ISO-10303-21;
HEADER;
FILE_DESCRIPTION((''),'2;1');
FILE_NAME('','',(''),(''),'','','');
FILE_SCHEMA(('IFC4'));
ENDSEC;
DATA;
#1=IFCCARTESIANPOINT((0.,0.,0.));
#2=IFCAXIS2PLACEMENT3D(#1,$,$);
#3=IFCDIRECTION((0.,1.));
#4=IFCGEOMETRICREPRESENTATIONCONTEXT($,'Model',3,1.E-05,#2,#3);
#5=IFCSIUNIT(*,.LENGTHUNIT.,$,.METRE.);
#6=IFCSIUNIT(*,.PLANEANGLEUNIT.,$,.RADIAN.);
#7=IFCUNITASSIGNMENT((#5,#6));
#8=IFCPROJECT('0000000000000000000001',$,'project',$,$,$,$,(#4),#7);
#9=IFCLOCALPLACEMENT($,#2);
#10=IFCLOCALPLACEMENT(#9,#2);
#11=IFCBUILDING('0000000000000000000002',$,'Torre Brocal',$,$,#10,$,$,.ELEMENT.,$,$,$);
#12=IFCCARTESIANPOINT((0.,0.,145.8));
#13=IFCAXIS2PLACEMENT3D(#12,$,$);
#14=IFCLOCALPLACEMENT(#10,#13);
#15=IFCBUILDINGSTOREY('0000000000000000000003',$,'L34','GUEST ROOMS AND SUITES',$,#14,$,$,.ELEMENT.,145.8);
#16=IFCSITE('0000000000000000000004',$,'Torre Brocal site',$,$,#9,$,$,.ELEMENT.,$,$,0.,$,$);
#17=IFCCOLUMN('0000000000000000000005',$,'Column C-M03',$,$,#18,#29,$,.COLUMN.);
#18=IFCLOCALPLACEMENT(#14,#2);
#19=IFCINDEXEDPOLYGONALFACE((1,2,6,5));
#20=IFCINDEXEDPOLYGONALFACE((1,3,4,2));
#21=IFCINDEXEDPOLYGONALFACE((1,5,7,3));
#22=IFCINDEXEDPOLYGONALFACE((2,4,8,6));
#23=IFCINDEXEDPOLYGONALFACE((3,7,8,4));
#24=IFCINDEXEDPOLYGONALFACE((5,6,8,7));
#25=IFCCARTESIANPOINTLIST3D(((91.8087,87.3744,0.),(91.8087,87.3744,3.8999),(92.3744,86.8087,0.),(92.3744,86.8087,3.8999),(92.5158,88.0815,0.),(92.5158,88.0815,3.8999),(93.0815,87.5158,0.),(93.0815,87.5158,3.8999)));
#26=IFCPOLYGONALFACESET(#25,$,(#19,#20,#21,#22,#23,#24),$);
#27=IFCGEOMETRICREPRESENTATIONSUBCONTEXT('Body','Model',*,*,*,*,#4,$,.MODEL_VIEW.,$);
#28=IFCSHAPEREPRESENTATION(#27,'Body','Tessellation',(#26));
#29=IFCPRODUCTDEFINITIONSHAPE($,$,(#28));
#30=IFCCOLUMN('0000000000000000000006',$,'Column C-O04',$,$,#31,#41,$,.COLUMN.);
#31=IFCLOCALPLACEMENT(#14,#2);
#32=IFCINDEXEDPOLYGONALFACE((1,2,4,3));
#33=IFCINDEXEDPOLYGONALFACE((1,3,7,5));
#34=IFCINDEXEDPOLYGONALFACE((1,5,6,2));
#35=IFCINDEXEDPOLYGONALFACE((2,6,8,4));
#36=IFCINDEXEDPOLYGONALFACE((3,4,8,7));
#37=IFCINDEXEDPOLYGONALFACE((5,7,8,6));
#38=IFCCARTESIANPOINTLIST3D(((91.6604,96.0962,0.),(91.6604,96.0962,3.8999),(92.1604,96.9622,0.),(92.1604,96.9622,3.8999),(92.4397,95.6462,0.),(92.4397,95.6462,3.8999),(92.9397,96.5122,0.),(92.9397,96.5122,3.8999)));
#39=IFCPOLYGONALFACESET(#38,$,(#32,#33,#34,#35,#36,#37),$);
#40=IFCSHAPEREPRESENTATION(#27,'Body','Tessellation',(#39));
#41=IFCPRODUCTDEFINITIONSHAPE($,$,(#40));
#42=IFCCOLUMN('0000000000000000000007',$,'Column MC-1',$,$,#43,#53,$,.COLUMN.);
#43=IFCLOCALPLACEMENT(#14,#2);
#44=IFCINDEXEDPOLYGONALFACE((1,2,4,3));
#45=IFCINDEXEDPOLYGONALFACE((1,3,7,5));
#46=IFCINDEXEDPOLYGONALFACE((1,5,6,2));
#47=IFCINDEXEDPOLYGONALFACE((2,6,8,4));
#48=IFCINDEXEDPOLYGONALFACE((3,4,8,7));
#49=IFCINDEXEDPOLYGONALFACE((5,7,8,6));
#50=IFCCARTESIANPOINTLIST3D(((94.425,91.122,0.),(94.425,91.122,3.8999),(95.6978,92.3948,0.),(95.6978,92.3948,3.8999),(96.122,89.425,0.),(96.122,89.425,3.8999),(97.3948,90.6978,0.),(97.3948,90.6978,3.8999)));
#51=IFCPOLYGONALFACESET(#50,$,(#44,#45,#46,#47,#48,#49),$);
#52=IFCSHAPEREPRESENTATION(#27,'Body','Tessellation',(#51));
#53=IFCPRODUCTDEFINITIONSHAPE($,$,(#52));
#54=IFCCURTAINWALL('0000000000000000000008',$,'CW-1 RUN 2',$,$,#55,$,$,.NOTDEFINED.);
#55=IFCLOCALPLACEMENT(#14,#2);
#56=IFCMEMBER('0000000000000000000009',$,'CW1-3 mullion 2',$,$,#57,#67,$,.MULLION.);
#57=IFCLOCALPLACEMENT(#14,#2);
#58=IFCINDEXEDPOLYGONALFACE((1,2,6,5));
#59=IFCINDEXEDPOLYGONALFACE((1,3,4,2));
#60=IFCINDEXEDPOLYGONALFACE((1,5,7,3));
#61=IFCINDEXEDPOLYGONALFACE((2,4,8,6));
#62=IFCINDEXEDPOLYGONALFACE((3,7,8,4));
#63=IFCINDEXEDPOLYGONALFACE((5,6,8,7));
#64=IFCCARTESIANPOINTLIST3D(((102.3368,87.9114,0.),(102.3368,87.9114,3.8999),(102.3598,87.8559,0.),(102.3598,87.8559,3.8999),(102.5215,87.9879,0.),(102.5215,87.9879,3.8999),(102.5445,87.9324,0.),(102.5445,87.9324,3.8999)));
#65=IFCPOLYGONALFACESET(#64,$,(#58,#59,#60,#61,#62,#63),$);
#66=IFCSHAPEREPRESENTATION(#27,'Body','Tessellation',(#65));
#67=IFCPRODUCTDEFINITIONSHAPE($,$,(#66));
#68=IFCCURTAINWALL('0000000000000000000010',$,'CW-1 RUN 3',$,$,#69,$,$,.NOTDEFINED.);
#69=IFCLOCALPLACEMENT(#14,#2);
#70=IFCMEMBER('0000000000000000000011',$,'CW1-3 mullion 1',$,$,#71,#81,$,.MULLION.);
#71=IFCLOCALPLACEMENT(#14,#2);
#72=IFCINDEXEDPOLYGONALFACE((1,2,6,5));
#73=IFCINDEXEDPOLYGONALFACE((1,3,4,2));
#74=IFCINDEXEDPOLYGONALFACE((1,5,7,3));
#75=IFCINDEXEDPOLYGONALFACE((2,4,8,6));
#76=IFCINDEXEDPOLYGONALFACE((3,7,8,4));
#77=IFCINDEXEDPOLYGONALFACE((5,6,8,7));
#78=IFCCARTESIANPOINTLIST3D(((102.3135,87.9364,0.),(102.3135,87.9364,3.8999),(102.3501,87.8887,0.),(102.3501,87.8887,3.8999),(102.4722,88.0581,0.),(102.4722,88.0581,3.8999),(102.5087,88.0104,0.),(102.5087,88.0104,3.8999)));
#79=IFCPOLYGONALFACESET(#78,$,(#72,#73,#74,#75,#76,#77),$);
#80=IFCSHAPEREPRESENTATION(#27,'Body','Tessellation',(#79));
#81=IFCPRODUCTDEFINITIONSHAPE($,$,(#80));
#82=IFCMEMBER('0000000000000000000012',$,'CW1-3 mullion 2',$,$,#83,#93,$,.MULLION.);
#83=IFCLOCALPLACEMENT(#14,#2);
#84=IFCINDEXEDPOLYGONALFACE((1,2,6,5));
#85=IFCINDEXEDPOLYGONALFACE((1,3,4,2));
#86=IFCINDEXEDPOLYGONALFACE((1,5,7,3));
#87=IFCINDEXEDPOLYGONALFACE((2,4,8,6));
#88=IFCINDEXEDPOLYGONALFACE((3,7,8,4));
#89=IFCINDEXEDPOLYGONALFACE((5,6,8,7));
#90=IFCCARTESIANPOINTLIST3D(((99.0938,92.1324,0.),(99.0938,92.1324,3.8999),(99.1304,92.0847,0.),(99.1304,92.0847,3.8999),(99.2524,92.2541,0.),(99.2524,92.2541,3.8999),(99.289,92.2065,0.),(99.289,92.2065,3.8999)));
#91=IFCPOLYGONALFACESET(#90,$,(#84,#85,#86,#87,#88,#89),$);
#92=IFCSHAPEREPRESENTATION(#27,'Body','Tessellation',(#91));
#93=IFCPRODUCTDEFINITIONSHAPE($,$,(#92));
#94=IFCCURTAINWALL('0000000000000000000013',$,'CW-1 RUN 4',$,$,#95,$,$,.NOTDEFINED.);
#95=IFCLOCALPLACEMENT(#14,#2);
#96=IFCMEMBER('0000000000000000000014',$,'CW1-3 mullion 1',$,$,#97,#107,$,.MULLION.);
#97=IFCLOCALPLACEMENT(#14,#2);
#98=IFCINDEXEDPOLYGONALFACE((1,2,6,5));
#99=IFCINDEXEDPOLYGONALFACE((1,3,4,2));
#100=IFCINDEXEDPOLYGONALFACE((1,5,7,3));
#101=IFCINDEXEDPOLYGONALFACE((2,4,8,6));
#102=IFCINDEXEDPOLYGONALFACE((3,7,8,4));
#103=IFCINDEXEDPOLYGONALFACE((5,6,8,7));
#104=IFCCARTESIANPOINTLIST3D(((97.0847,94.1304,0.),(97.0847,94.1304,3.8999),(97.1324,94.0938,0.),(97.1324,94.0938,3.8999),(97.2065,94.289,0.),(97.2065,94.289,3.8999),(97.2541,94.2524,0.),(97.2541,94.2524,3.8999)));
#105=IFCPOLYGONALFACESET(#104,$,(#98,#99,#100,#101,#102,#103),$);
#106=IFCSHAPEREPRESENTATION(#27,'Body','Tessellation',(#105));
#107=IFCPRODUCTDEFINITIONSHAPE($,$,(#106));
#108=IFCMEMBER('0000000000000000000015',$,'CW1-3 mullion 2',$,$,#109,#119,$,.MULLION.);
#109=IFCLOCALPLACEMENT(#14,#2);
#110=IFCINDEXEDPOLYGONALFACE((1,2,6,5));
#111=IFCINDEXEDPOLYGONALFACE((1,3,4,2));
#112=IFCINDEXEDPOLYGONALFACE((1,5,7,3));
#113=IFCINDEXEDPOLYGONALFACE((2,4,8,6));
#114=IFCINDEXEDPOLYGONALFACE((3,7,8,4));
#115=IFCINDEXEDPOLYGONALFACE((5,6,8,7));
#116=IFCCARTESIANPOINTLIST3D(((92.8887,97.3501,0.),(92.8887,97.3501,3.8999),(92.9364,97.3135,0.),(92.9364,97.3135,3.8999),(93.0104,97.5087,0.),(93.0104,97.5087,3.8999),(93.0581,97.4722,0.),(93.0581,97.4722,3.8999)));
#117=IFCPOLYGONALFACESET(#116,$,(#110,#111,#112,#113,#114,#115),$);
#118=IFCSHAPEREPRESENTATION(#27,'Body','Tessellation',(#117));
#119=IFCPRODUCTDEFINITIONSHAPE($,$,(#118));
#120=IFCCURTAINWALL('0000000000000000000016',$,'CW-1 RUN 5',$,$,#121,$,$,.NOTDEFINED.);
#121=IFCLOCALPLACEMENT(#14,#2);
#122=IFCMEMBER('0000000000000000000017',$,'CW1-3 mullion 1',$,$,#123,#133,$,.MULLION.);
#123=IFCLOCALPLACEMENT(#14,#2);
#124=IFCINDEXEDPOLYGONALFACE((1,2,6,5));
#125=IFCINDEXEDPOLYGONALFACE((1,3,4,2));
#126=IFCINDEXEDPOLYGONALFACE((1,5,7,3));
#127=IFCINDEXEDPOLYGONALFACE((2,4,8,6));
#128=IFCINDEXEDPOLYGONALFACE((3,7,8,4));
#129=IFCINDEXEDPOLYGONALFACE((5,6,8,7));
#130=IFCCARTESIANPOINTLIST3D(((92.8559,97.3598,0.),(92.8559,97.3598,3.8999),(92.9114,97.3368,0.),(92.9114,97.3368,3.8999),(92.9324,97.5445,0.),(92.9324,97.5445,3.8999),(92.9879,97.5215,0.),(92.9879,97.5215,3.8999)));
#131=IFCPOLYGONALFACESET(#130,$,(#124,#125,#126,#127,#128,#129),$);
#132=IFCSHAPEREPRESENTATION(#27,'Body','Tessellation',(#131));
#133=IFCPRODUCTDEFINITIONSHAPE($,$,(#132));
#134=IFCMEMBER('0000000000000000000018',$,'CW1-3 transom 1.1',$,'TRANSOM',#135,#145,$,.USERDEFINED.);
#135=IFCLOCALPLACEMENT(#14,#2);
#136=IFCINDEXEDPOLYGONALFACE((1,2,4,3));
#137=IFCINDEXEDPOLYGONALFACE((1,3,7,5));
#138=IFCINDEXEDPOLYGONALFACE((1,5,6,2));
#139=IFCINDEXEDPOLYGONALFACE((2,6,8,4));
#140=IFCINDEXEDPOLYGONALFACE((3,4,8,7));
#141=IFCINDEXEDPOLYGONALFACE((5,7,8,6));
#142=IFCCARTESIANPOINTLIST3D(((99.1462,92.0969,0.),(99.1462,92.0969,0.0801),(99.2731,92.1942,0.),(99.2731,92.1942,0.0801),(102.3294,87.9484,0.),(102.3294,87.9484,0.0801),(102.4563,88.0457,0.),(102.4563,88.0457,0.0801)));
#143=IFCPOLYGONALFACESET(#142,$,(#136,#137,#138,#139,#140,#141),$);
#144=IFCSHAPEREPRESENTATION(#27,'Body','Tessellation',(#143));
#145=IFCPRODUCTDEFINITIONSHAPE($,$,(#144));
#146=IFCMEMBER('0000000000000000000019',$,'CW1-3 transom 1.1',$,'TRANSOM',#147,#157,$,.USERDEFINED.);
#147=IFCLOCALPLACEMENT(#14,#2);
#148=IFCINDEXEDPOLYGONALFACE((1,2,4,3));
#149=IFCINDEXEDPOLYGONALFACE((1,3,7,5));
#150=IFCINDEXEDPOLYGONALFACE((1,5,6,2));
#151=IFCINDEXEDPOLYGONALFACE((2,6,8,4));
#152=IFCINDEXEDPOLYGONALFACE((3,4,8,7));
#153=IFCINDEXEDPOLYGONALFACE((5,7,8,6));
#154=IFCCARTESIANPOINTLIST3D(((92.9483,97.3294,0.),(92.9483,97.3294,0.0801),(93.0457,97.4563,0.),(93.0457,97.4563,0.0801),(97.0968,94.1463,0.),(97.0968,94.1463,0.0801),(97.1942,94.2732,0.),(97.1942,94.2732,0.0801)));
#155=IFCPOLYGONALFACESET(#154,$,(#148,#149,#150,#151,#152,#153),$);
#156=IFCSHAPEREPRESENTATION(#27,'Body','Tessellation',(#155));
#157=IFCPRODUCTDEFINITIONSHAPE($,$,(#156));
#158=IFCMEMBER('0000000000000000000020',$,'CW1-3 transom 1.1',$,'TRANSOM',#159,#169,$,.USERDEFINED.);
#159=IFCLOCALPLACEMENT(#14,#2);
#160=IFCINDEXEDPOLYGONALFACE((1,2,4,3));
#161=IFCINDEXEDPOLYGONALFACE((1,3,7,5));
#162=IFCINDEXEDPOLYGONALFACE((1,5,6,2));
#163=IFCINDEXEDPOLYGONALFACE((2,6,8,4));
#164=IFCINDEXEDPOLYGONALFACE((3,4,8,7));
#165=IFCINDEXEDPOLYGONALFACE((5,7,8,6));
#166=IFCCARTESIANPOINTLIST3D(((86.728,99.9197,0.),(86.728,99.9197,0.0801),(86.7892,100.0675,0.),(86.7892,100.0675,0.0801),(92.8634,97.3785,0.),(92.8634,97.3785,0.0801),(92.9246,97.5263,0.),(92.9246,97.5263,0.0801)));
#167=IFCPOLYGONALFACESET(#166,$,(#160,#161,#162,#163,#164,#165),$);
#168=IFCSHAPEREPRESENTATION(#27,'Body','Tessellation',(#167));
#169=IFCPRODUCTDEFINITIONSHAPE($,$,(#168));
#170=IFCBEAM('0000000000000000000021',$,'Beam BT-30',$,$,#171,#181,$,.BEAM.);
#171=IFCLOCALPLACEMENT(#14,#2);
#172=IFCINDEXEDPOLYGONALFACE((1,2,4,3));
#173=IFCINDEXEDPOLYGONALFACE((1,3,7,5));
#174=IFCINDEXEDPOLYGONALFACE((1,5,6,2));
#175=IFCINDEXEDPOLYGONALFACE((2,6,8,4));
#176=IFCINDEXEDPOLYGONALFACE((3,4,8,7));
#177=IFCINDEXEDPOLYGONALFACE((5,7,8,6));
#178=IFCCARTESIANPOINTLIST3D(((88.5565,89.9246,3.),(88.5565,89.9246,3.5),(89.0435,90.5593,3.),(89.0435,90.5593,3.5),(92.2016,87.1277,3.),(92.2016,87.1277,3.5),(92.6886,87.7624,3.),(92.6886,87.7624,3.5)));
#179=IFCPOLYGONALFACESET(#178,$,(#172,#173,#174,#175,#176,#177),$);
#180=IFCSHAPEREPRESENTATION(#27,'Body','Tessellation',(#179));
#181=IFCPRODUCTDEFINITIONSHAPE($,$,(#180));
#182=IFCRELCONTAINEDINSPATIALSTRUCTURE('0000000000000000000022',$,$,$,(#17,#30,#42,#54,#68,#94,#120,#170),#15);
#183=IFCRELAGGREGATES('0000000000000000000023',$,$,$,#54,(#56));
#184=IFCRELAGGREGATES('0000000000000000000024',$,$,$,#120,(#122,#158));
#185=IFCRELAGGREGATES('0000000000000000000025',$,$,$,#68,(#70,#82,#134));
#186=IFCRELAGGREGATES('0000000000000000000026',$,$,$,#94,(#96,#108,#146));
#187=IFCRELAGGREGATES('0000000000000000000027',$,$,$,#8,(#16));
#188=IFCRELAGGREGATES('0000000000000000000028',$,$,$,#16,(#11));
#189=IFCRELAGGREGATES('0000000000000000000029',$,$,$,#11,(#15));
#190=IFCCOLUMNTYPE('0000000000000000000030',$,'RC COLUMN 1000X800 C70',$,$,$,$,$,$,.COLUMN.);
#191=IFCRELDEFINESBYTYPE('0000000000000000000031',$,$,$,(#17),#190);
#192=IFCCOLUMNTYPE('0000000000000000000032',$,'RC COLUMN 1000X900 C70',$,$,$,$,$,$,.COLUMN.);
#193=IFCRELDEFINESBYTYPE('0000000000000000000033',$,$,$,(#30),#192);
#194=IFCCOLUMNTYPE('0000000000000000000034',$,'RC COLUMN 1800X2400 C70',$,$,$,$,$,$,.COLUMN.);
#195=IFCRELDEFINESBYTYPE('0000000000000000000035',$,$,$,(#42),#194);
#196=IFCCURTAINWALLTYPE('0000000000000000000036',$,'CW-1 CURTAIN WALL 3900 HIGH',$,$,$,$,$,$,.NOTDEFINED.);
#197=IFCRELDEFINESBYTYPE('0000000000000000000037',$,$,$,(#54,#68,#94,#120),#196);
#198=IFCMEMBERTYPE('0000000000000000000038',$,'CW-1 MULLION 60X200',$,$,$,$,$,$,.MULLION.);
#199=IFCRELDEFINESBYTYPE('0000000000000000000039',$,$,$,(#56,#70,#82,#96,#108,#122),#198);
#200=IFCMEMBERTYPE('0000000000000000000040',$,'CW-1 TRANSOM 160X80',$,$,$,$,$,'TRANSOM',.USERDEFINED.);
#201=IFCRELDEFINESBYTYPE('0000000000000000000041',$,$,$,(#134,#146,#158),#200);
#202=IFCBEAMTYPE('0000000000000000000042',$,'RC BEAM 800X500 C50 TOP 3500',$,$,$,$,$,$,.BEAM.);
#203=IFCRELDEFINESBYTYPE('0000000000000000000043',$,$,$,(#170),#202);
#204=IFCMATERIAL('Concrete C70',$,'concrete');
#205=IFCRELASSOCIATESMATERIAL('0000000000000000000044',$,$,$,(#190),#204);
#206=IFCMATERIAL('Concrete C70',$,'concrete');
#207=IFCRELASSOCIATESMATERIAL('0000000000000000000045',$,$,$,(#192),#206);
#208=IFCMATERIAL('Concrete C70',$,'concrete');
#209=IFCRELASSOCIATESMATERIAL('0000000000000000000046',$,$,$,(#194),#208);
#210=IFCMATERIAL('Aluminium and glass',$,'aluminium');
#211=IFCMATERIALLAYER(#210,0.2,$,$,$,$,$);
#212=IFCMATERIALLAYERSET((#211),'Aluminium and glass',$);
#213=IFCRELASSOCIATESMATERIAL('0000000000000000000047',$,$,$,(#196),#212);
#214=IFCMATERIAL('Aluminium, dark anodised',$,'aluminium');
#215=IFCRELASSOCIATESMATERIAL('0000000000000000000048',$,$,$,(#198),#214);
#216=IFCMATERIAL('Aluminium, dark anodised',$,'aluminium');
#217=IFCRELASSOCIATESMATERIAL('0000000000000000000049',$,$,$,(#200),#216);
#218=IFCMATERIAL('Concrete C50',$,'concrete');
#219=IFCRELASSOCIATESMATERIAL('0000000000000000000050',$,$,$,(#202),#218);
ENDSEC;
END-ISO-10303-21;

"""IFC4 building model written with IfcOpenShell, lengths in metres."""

from ifc_helpers import new_model, si_unit, direction, frame, origin, origin_2d, place, context, subcontext, project, spatial, rectangle, extrude, material, layer, layer_set, material_profile, profile_set, type_object, element, aggregate, save


model = new_model("IFC4")

# Units and contexts
model_context = context("Model", 3, precision=1e-05, world=origin(), true_north=direction((0.0, 1.0)))
body_context = subcontext(model_context, "Body", "Model", "MODEL_VIEW")
ifc_project = project(units=[si_unit("LENGTHUNIT", "METRE"), si_unit("PLANEANGLEUNIT", "RADIAN")], contexts=[model_context])

# Site, building, storey
site_placement = place(None, origin())
site = spatial("IfcSite", under=ifc_project, at=site_placement, Name="Torre Brocal site", CompositionType="ELEMENT", RefElevation=0.0)
building_placement = place(site_placement, origin())
building = spatial("IfcBuilding", under=site, at=building_placement, Name="Torre Brocal", CompositionType="ELEMENT")
storey_placement = place(building_placement, frame((0.0, 0.0, 145.8)))
storey = spatial("IfcBuildingStorey", under=building, at=storey_placement, Name="L34", Description="GUEST ROOMS AND SUITES", CompositionType="ELEMENT", Elevation=145.8)

# Columns
ifc_material_1 = material(Name="Concrete C70", Category="concrete")
ifc_material_profile_1 = material_profile(ifc_material_1, rectangle(XDim=1.0, YDim=0.8, at=origin_2d()), Name="RC 1000X800")
ifc_profile_set_1 = profile_set([ifc_material_profile_1], Name="Concrete C70")
column_type_1 = type_object("IfcColumnType", Name="RC COLUMN 1000X800 C70", PredefinedType="COLUMN", material=ifc_profile_set_1)
column_1_placement = place(storey_placement, frame((92.4451, 87.4451, 0.0), z_axis=(0.0, 0.0, 1.0), x_axis=(0.707107, 0.707107, 0.0)))
element("IfcColumn", 1, at=column_1_placement, inside=storey, type_object=column_type_1, Name="Column C-M03", PredefinedType="COLUMN", context=body_context, shape_type="SweptSolid", body=[
    extrude(rectangle(XDim=1.0, YDim=0.8, at=origin_2d()), origin(), (0.0, 0.0, 1.0), 3.8999),
])
ifc_material_2 = material(Name="Concrete C70", Category="concrete")
ifc_material_profile_2 = material_profile(ifc_material_2, rectangle(XDim=1.0, YDim=0.8999, at=origin_2d()), Name="RC 1000X900")
ifc_profile_set_2 = profile_set([ifc_material_profile_2], Name="Concrete C70")
column_type_2 = type_object("IfcColumnType", Name="RC COLUMN 1000X900 C70", PredefinedType="COLUMN", material=ifc_profile_set_2)
column_2_placement = place(storey_placement, frame((92.3, 96.3042, 0.0), z_axis=(0.0, 0.0, 1.0), x_axis=(0.5, 0.866025, 0.0)))
element("IfcColumn", 2, at=column_2_placement, inside=storey, type_object=column_type_2, Name="Column C-O04", PredefinedType="COLUMN", context=body_context, shape_type="SweptSolid", body=[
    extrude(rectangle(XDim=1.0, YDim=0.8999, at=origin_2d()), origin(), (0.0, 0.0, 1.0), 3.8999),
])
ifc_material_3 = material(Name="Concrete C70", Category="concrete")
ifc_material_profile_3 = material_profile(ifc_material_3, rectangle(XDim=1.8, YDim=2.3999, at=origin_2d()), Name="RC 1800X2400")
ifc_profile_set_3 = profile_set([ifc_material_profile_3], Name="Concrete C70")
column_type_3 = type_object("IfcColumnType", Name="RC COLUMN 1800X2400 C70", PredefinedType="COLUMN", material=ifc_profile_set_3)
column_3_placement = place(storey_placement, frame((95.9099, 90.9099, 0.0), z_axis=(0.0, 0.0, 1.0), x_axis=(0.707107, 0.707107, 0.0)))
element("IfcColumn", 3, at=column_3_placement, inside=storey, type_object=column_type_3, Name="Column MC-1", PredefinedType="COLUMN", context=body_context, shape_type="SweptSolid", body=[
    extrude(rectangle(XDim=1.8, YDim=2.3999, at=origin_2d()), origin(), (0.0, 0.0, 1.0), 3.8999),
])

# Curtain wall, member
ifc_material_4 = material(Name="Aluminium and glass", Category="aluminium")
ifc_layer_1 = layer(ifc_material_4, 0.2)
ifc_layer_set_1 = layer_set([ifc_layer_1], Name="Aluminium and glass")
curtain_wall_type = type_object("IfcCurtainWallType", Name="CW-1 CURTAIN WALL 3900 HIGH", PredefinedType="NOTDEFINED", material=ifc_layer_set_1)
curtain_wall_1_placement = place(storey_placement, origin())
curtain_wall_1 = element("IfcCurtainWall", 4, at=curtain_wall_1_placement, inside=storey, type_object=curtain_wall_type, Name="CW-1 RUN 2", PredefinedType="NOTDEFINED")
ifc_material_5 = material(Name="Aluminium, dark anodised", Category="aluminium")
ifc_material_profile_4 = material_profile(ifc_material_5, rectangle(XDim=0.2, YDim=0.0601, at=origin_2d()), Name="CW-1 MULLION 60X200")
ifc_profile_set_4 = profile_set([ifc_material_profile_4], Name="Aluminium, dark anodised")
member_type_1 = type_object("IfcMemberType", Name="CW-1 MULLION 60X200", PredefinedType="MULLION", material=ifc_profile_set_4)
member_1_placement = place(storey_placement, frame((102.4407, 87.9219, 0.0), z_axis=(0.0, 0.0, 1.0), x_axis=(-0.92388, -0.382683, 0.0)))
member_1 = element("IfcMember", 5, at=member_1_placement, type_object=member_type_1, Name="CW1-3 mullion 2", PredefinedType="MULLION", context=body_context, shape_type="SweptSolid", body=[
    extrude(rectangle(XDim=0.2, YDim=0.0601, at=origin_2d()), origin(), (0.0, 0.0, 1.0), 3.8999),
])
aggregate(curtain_wall_1, [member_1])

# Curtain walls, members
curtain_wall_2_placement = place(storey_placement, origin())
curtain_wall_2 = element("IfcCurtainWall", 6, at=curtain_wall_2_placement, inside=storey, type_object=curtain_wall_type, Name="CW-1 RUN 3", PredefinedType="NOTDEFINED")
member_2_placement = place(storey_placement, frame((102.4111, 87.9734, 0.0), z_axis=(0.0, 0.0, 1.0), x_axis=(-0.793353, -0.608761, 0.0)))
member_2 = element("IfcMember", 7, at=member_2_placement, type_object=member_type_1, Name="CW1-3 mullion 1", PredefinedType="MULLION", context=body_context, shape_type="SweptSolid", body=[
    extrude(rectangle(XDim=0.2, YDim=0.0601, at=origin_2d()), origin(), (0.0, 0.0, 1.0), 3.8999),
])
member_3_placement = place(storey_placement, frame((99.1914, 92.1694, 0.0), z_axis=(0.0, 0.0, 1.0), x_axis=(-0.793353, -0.608761, 0.0)))
member_3 = element("IfcMember", 8, at=member_3_placement, type_object=member_type_1, Name="CW1-3 mullion 2", PredefinedType="MULLION", context=body_context, shape_type="SweptSolid", body=[
    extrude(rectangle(XDim=0.2, YDim=0.0601, at=origin_2d()), origin(), (0.0, 0.0, 1.0), 3.8999),
])
curtain_wall_3_placement = place(storey_placement, origin())
curtain_wall_3 = element("IfcCurtainWall", 9, at=curtain_wall_3_placement, inside=storey, type_object=curtain_wall_type, Name="CW-1 RUN 4", PredefinedType="NOTDEFINED")
member_4_placement = place(storey_placement, frame((97.1694, 94.1914, 0.0), z_axis=(0.0, 0.0, 1.0), x_axis=(-0.608761, -0.793353, 0.0)))
member_4 = element("IfcMember", 10, at=member_4_placement, type_object=member_type_1, Name="CW1-3 mullion 1", PredefinedType="MULLION", context=body_context, shape_type="SweptSolid", body=[
    extrude(rectangle(XDim=0.2, YDim=0.0601, at=origin_2d()), origin(), (0.0, 0.0, 1.0), 3.8999),
])
member_5_placement = place(storey_placement, frame((92.9734, 97.4111, 0.0), z_axis=(0.0, 0.0, 1.0), x_axis=(-0.608761, -0.793353, 0.0)))
member_5 = element("IfcMember", 11, at=member_5_placement, type_object=member_type_1, Name="CW1-3 mullion 2", PredefinedType="MULLION", context=body_context, shape_type="SweptSolid", body=[
    extrude(rectangle(XDim=0.2, YDim=0.0601, at=origin_2d()), origin(), (0.0, 0.0, 1.0), 3.8999),
])

# Curtain wall, member
curtain_wall_4_placement = place(storey_placement, origin())
curtain_wall_4 = element("IfcCurtainWall", 12, at=curtain_wall_4_placement, inside=storey, type_object=curtain_wall_type, Name="CW-1 RUN 5", PredefinedType="NOTDEFINED")
member_6_placement = place(storey_placement, frame((92.9219, 97.4407, 0.0), z_axis=(0.0, 0.0, 1.0), x_axis=(-0.382683, -0.92388, 0.0)))
member_6 = element("IfcMember", 13, at=member_6_placement, type_object=member_type_1, Name="CW1-3 mullion 1", PredefinedType="MULLION", context=body_context, shape_type="SweptSolid", body=[
    extrude(rectangle(XDim=0.2, YDim=0.0601, at=origin_2d()), origin(), (0.0, 0.0, 1.0), 3.8999),
])

# Members
ifc_material_6 = material(Name="Aluminium, dark anodised", Category="aluminium")
ifc_material_profile_5 = material_profile(ifc_material_6, rectangle(XDim=0.1599, YDim=0.0801, at=origin_2d()), Name="CW-1 TRANSOM 160X80")
ifc_profile_set_5 = profile_set([ifc_material_profile_5], Name="Aluminium, dark anodised")
member_type_2 = type_object("IfcMemberType", Name="CW-1 TRANSOM 160X80", ElementType="TRANSOM", PredefinedType="USERDEFINED", material=ifc_profile_set_5)
member_7_placement = place(storey_placement, frame((102.3928, 87.9971, 0.04), z_axis=(-0.608749, 0.793363, 0.0), x_axis=(-0.793363, -0.608749, 0.0)))
member_7 = element("IfcMember", 14, at=member_7_placement, type_object=member_type_2, Name="CW1-3 transom 1.1", ObjectType="TRANSOM", PredefinedType="USERDEFINED", context=body_context, shape_type="SweptSolid", body=[
    extrude(rectangle(XDim=0.1599, YDim=0.0801, at=origin_2d()), origin(), (0.0, 0.0, 1.0), 5.229),
])
member_8_placement = place(storey_placement, frame((97.1455, 94.2097, 0.04), z_axis=(-0.793363, 0.608749, 0.0), x_axis=(-0.608749, -0.793363, 0.0)))
member_8 = element("IfcMember", 15, at=member_8_placement, type_object=member_type_2, Name="CW1-3 transom 1.1", ObjectType="TRANSOM", PredefinedType="USERDEFINED", context=body_context, shape_type="SweptSolid", body=[
    extrude(rectangle(XDim=0.1599, YDim=0.0801, at=origin_2d()), origin(), (0.0, 0.0, 1.0), 5.229),
])
member_9_placement = place(storey_placement, frame((92.894, 97.4524, 0.04), z_axis=(-0.923887, 0.382665, 0.0), x_axis=(-0.382665, -0.923887, 0.0)))
member_9 = element("IfcMember", 16, at=member_9_placement, type_object=member_type_2, Name="CW1-3 transom 1.1", ObjectType="TRANSOM", PredefinedType="USERDEFINED", context=body_context, shape_type="SweptSolid", body=[
    extrude(rectangle(XDim=0.1599, YDim=0.0801, at=origin_2d()), origin(), (0.0, 0.0, 1.0), 6.6409),
])
aggregate(curtain_wall_4, [member_6, member_9])

# Beam
ifc_material_7 = material(Name="Concrete C50", Category="concrete")
ifc_material_profile_6 = material_profile(ifc_material_7, rectangle(XDim=0.8, YDim=0.5, at=origin_2d()), Name="RC 800X500")
ifc_profile_set_6 = profile_set([ifc_material_profile_6], Name="Concrete C50")
beam_type_1 = type_object("IfcBeamType", Name="RC BEAM 800X500 C50 TOP 3500", PredefinedType="BEAM", material=ifc_profile_set_6)
beam_1_placement = place(storey_placement, frame((92.4451, 87.4451, 3.25), z_axis=(-0.793358, 0.608755, 0.0), x_axis=(-0.608755, -0.793358, 0.0)))
element("IfcBeam", 17, at=beam_1_placement, inside=storey, type_object=beam_type_1, Name="Beam BT-30", PredefinedType="BEAM", context=body_context, shape_type="SweptSolid", body=[
    extrude(rectangle(XDim=0.8, YDim=0.5, at=origin_2d()), origin(), (0.0, 0.0, 1.0), 4.5945),
])

aggregate(curtain_wall_2, [member_2, member_3, member_7])
aggregate(curtain_wall_3, [member_4, member_5, member_8])

save(model, "model.ifc")
